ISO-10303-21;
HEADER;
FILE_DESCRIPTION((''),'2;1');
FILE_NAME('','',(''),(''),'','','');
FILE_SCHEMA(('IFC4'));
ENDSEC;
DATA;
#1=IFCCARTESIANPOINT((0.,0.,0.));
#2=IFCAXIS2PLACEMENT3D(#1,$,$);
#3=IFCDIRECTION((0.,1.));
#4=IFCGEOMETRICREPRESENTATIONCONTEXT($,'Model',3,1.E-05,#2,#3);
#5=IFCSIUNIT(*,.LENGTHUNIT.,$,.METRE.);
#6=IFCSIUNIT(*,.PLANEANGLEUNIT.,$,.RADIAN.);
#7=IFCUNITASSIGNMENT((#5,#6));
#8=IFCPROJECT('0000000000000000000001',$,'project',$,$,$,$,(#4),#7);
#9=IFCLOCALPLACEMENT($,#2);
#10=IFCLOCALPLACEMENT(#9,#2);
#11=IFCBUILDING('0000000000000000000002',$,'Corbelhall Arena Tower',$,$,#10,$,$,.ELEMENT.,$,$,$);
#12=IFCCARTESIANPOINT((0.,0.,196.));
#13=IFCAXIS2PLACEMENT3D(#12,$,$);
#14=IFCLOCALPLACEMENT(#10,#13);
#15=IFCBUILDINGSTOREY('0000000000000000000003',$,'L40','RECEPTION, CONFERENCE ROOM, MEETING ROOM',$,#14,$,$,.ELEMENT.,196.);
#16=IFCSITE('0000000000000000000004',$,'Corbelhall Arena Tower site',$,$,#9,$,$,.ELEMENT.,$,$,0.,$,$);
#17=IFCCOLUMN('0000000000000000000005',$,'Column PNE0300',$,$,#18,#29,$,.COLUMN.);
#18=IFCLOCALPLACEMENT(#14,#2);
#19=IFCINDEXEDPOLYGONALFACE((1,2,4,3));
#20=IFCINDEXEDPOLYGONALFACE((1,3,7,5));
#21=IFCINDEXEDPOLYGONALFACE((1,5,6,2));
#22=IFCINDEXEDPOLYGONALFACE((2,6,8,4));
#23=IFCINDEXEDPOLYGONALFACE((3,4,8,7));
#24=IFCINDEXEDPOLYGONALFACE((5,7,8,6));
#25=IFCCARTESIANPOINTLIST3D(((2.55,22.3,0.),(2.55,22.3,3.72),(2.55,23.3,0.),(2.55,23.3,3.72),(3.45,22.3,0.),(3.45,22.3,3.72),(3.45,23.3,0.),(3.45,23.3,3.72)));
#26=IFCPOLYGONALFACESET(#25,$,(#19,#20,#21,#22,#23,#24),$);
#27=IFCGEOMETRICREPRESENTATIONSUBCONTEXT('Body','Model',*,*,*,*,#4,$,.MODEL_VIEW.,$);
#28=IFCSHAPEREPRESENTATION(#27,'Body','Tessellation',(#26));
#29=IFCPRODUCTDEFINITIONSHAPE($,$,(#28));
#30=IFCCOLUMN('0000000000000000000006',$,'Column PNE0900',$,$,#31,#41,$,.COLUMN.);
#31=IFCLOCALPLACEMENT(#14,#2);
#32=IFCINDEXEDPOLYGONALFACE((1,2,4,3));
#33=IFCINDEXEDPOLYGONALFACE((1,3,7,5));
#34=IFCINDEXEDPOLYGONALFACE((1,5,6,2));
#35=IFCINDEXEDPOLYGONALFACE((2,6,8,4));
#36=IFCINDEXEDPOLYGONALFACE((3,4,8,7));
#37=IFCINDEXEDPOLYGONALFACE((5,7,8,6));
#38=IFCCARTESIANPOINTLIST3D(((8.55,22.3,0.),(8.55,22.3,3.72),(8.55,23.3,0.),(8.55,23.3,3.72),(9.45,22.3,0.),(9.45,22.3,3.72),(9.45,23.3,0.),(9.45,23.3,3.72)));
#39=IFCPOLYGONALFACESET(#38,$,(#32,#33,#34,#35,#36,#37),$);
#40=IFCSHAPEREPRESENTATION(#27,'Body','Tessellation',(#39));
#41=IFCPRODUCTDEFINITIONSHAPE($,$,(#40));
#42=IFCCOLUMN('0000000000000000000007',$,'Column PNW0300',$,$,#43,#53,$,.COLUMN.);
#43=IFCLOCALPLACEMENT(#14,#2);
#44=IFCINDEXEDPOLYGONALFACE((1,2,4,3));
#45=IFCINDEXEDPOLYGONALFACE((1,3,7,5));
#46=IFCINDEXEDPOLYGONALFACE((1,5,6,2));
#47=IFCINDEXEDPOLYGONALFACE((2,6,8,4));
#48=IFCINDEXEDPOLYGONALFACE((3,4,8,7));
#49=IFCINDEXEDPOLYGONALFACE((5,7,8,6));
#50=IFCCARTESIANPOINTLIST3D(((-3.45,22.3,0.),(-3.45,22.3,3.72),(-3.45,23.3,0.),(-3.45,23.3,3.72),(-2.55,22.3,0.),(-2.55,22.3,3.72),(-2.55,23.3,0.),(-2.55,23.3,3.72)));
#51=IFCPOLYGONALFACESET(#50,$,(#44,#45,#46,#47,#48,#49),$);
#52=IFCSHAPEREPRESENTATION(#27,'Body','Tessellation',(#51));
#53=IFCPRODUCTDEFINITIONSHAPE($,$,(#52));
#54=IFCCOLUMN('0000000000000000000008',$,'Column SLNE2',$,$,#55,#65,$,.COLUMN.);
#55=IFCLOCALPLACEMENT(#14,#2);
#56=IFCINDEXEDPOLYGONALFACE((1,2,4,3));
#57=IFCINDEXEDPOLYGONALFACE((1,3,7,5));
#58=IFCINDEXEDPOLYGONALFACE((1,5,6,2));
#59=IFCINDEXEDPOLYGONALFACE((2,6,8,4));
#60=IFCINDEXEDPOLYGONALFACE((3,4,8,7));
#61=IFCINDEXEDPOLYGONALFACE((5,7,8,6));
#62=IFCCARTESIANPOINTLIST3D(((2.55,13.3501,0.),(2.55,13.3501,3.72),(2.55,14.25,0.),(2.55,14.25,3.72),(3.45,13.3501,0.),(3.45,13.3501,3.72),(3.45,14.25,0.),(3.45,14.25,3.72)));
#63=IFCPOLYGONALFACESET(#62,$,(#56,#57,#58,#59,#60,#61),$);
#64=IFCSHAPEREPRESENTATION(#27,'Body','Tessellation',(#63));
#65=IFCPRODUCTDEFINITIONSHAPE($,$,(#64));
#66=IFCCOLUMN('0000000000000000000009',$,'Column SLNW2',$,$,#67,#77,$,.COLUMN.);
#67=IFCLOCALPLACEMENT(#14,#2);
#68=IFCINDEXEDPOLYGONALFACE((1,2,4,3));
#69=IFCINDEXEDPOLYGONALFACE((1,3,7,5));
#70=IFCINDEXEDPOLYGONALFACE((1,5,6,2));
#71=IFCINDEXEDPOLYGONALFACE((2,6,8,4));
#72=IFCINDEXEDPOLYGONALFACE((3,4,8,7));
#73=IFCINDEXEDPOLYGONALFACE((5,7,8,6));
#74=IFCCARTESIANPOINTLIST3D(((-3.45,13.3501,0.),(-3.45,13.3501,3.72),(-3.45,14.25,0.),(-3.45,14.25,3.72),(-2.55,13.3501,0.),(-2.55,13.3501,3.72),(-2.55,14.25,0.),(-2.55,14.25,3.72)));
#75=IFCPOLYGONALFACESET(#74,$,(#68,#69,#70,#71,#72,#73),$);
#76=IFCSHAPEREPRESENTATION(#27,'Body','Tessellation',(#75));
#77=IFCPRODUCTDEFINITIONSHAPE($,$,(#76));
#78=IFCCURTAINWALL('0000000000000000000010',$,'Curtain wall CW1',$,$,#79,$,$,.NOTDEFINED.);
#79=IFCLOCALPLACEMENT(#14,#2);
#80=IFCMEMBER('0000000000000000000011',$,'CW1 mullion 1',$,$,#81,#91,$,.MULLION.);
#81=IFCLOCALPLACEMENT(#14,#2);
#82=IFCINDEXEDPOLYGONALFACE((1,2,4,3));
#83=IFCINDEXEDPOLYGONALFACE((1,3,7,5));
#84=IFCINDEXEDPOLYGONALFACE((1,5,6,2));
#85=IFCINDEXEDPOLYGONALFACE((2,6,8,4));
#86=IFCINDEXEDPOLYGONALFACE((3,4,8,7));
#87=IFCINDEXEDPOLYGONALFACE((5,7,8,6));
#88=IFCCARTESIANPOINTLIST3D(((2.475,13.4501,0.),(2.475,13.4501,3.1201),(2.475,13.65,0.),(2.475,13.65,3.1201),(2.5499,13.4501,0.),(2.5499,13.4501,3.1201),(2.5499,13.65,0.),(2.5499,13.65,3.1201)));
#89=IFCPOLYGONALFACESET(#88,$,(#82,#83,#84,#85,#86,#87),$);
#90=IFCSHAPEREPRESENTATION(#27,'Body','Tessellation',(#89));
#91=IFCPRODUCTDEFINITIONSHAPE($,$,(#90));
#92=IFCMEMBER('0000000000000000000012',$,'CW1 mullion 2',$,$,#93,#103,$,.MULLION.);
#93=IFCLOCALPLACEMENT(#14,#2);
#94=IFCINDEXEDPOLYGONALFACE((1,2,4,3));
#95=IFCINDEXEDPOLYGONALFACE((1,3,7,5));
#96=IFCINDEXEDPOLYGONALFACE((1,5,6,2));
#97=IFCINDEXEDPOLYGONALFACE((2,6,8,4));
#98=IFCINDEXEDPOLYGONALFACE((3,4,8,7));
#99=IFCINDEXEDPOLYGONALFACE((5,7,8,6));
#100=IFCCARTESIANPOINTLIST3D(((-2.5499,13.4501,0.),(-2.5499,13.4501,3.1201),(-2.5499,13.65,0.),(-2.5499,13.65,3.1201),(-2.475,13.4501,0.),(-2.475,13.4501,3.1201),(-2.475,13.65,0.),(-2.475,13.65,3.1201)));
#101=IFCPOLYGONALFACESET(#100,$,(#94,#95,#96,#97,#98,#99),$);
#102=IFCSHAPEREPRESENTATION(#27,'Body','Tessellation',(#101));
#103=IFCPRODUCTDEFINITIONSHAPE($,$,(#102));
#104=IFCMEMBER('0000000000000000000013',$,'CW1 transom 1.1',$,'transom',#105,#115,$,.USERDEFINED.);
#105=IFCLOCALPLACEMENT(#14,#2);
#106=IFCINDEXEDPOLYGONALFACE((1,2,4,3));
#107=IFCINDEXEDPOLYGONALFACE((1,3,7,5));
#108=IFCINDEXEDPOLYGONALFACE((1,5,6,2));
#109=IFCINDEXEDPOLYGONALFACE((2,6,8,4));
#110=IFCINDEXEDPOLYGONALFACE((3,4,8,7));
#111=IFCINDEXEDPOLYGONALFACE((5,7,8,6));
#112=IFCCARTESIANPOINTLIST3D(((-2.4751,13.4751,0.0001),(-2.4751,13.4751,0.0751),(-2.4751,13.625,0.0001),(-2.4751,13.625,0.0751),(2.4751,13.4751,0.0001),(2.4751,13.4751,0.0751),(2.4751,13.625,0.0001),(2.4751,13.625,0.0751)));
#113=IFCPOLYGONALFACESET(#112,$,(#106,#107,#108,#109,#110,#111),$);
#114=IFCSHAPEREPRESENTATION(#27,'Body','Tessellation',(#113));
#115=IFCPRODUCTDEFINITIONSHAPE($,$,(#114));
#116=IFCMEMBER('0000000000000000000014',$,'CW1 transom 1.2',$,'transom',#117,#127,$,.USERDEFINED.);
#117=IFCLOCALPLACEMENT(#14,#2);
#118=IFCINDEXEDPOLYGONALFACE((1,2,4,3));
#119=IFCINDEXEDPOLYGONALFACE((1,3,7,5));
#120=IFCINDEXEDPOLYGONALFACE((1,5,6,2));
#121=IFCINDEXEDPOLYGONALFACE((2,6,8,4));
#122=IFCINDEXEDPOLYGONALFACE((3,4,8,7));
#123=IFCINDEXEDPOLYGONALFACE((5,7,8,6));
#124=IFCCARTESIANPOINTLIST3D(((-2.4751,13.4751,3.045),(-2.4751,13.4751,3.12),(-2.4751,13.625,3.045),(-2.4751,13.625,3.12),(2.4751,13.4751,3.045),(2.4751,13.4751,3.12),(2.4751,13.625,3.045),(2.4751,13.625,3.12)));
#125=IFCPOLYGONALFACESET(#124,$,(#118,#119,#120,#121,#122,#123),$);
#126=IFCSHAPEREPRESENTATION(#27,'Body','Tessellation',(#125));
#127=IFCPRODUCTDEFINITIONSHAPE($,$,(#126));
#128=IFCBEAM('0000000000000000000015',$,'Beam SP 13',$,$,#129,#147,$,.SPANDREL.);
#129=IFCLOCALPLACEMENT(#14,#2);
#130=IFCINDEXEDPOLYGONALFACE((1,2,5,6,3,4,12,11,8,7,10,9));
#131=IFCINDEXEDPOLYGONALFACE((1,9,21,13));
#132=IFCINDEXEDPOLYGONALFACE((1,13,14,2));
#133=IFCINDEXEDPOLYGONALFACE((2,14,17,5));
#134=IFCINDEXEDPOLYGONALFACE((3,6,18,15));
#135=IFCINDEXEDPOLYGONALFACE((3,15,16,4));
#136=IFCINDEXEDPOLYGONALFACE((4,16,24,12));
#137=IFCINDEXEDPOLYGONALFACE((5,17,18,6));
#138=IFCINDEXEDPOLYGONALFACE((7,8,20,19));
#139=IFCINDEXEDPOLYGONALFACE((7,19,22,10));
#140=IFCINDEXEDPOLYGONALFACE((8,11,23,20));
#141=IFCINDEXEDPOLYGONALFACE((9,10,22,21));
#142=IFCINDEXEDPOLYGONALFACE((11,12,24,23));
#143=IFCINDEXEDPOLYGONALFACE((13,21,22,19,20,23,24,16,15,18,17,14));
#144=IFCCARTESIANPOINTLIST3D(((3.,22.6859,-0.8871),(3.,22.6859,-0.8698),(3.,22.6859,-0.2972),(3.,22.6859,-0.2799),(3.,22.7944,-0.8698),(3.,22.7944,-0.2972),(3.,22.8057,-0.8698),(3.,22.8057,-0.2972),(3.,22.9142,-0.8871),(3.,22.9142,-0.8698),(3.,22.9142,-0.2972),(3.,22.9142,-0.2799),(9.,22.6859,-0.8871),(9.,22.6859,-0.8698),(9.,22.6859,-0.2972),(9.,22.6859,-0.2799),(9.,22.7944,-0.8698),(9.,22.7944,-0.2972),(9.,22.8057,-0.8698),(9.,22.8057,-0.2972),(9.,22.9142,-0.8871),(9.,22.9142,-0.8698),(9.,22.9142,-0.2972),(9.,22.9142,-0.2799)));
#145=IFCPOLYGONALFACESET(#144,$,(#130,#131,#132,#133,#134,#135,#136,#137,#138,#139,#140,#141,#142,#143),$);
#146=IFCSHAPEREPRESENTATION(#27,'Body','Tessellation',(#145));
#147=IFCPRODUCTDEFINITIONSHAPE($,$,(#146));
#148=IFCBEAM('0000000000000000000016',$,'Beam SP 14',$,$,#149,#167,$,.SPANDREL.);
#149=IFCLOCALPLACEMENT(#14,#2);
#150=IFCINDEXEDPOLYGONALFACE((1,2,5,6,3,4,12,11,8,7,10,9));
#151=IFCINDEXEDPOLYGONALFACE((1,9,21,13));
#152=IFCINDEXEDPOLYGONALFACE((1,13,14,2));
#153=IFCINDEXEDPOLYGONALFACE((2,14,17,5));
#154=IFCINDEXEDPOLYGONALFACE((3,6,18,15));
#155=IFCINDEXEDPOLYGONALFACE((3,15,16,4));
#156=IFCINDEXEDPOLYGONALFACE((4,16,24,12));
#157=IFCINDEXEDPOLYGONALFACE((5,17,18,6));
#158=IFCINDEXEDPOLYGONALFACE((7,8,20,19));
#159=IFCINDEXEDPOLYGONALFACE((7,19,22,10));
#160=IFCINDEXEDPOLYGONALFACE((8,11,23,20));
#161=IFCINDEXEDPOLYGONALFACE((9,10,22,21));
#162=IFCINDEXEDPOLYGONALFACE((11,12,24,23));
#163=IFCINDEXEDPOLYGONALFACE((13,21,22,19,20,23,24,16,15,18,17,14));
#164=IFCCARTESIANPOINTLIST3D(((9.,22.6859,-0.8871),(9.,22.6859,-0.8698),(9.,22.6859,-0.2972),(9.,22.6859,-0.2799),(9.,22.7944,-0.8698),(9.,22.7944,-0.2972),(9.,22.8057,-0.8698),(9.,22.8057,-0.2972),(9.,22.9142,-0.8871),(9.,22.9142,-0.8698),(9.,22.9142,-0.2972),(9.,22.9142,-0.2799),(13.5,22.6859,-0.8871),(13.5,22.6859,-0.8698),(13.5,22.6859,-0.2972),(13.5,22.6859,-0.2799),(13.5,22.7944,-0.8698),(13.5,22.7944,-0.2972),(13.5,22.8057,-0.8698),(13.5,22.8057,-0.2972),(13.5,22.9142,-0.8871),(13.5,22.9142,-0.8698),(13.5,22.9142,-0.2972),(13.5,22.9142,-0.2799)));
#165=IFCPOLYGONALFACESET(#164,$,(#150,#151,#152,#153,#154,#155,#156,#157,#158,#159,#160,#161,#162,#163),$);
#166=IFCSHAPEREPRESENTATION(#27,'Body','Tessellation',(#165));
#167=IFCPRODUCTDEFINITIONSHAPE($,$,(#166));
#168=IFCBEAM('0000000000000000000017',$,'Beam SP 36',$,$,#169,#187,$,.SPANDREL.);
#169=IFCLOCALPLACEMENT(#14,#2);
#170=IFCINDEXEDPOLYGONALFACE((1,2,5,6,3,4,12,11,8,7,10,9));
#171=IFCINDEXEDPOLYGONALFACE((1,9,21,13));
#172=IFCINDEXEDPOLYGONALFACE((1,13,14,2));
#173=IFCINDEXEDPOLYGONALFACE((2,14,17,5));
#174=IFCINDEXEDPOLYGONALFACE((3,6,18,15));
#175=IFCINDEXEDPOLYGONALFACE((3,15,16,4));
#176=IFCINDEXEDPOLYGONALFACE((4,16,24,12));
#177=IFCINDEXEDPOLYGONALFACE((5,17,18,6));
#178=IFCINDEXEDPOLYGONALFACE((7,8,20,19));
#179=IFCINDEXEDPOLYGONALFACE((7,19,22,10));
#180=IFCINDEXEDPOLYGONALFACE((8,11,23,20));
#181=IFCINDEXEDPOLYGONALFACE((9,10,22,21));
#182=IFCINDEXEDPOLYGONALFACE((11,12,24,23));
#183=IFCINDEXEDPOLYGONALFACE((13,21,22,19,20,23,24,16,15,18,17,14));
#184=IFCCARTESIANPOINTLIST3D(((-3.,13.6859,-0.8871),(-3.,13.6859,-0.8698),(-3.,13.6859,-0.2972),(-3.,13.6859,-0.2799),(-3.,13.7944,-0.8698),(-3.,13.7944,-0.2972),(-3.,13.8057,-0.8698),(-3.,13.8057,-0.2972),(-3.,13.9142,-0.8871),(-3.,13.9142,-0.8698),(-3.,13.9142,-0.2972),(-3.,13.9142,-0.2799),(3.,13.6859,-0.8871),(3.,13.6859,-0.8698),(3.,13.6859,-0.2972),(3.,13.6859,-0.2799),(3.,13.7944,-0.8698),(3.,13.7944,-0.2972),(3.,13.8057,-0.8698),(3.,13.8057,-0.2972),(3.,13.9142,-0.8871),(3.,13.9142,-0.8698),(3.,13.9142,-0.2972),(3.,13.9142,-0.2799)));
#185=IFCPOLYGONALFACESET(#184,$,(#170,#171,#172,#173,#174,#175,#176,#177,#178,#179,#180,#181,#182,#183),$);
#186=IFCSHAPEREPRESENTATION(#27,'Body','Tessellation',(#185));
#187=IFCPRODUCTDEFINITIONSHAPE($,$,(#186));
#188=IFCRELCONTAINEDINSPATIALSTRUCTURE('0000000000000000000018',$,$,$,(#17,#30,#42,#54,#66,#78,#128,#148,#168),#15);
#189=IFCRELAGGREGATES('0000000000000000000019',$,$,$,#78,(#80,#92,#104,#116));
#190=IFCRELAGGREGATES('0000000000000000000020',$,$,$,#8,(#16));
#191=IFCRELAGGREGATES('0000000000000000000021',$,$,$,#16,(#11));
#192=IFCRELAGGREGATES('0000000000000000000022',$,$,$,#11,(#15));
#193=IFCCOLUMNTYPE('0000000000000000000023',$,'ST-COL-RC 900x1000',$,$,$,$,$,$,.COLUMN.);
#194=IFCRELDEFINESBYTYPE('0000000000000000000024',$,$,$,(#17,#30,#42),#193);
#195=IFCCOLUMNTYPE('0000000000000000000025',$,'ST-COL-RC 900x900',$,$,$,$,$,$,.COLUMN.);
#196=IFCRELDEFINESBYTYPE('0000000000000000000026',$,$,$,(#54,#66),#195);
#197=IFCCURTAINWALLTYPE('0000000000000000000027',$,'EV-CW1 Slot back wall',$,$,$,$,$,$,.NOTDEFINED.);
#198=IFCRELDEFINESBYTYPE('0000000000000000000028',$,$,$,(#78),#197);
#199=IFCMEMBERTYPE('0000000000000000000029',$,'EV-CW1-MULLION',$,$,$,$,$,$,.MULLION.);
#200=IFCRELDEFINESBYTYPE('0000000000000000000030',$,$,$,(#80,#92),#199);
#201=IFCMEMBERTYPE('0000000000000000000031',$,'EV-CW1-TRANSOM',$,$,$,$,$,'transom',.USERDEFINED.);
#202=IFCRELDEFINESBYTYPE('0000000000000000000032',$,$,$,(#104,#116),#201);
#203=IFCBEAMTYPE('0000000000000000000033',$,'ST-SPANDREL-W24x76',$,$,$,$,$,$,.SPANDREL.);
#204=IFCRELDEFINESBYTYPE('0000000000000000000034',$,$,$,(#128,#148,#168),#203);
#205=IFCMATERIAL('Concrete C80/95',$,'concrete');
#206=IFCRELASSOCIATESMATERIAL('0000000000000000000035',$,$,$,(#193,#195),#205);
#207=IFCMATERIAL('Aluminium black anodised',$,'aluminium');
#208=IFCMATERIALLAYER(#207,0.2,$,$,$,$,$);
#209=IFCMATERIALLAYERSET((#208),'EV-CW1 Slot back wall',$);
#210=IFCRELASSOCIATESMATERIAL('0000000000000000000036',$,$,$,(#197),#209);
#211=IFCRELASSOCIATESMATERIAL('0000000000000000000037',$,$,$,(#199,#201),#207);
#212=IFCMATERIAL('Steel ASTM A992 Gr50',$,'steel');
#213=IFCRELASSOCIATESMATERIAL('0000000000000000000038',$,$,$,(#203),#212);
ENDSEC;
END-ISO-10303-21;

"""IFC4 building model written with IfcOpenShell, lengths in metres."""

from ifc_helpers import new_model, si_unit, direction, frame, origin, origin_2d, place, context, subcontext, project, spatial, rectangle, i_section, extrude, material, layer, layer_set, material_profile, profile_set, type_object, element, aggregate, save


model = new_model("IFC4")

# Units and contexts
model_context = context("Model", 3, precision=1e-05, world=origin(), true_north=direction((0.0, 1.0)))
body_context = subcontext(model_context, "Body", "Model", "MODEL_VIEW")
ifc_project = project(units=[si_unit("LENGTHUNIT", "METRE"), si_unit("PLANEANGLEUNIT", "RADIAN")], contexts=[model_context])

# Site, building, storey
site_placement = place(None, origin())
site = spatial("IfcSite", under=ifc_project, at=site_placement, Name="Corbelhall Arena Tower site", CompositionType="ELEMENT", RefElevation=0.0)
building_placement = place(site_placement, origin())
building = spatial("IfcBuilding", under=site, at=building_placement, Name="Corbelhall Arena Tower", CompositionType="ELEMENT")
storey_placement = place(building_placement, frame((0.0, 0.0, 196.0)))
storey = spatial("IfcBuildingStorey", under=building, at=storey_placement, Name="L40", Description="RECEPTION, CONFERENCE ROOM, MEETING ROOM", CompositionType="ELEMENT", Elevation=196.0)

# Columns
ifc_material_1 = material(Name="Concrete C80/95", Category="concrete")
ifc_material_profile_1 = material_profile(ifc_material_1, rectangle(XDim=0.8999, YDim=1.0, at=origin_2d()))
ifc_profile_set_1 = profile_set([ifc_material_profile_1], Name="Concrete C80/95")
column_type_1 = type_object("IfcColumnType", Name="ST-COL-RC 900x1000", PredefinedType="COLUMN", material=ifc_profile_set_1)
for number, where, z_axis, x_axis, name in (
    (1, (3.0, 22.8, 0.0), (0.0, 0.0, 1.0), (1.0, 0.0, 0.0), "Column PNE0300"),
    (2, (9.0, 22.8, 0.0), (0.0, 0.0, 1.0), (1.0, 0.0, 0.0), "Column PNE0900"),
    (3, (-3.0, 22.8, 0.0), (0.0, 0.0, 1.0), (1.0, 0.0, 0.0), "Column PNW0300"),
):
    element("IfcColumn", number, at=place(storey_placement, frame(where, z_axis=z_axis, x_axis=x_axis)), inside=storey, type_object=column_type_1, Name=name, PredefinedType="COLUMN", context=body_context, shape_type="SweptSolid", body=[
        extrude(rectangle(XDim=0.8999, YDim=1.0, at=origin_2d()), origin(), (0.0, 0.0, 1.0), 3.72),
    ])
ifc_material_profile_2 = material_profile(ifc_material_1, rectangle(XDim=0.8999, YDim=0.8999, at=origin_2d()))
ifc_profile_set_2 = profile_set([ifc_material_profile_2], Name="Concrete C80/95")
column_type_2 = type_object("IfcColumnType", Name="ST-COL-RC 900x900", PredefinedType="COLUMN", material=ifc_profile_set_2)
for number, where, z_axis, x_axis, name in (
    (4, (3.0, 13.8, 0.0), (0.0, 0.0, 1.0), (1.0, 0.0, 0.0), "Column SLNE2"),
    (5, (-3.0, 13.8, 0.0), (0.0, 0.0, 1.0), (1.0, 0.0, 0.0), "Column SLNW2"),
):
    element("IfcColumn", number, at=place(storey_placement, frame(where, z_axis=z_axis, x_axis=x_axis)), inside=storey, type_object=column_type_2, Name=name, PredefinedType="COLUMN", context=body_context, shape_type="SweptSolid", body=[
        extrude(rectangle(XDim=0.8999, YDim=0.8999, at=origin_2d()), origin(), (0.0, 0.0, 1.0), 3.72),
    ])

# Curtain wall, members
ifc_material_2 = material(Name="Aluminium black anodised", Category="aluminium")
ifc_layer_1 = layer(ifc_material_2, 0.2)
ifc_layer_set_1 = layer_set([ifc_layer_1], Name="EV-CW1 Slot back wall")
curtain_wall_type = type_object("IfcCurtainWallType", Name="EV-CW1 Slot back wall", PredefinedType="NOTDEFINED", material=ifc_layer_set_1)
curtain_wall_placement = place(storey_placement, origin())
curtain_wall = element("IfcCurtainWall", 6, at=curtain_wall_placement, inside=storey, type_object=curtain_wall_type, Name="Curtain wall CW1", PredefinedType="NOTDEFINED")
ifc_material_profile_3 = material_profile(ifc_material_2, rectangle(XDim=0.2, YDim=0.075, at=origin_2d()))
ifc_profile_set_3 = profile_set([ifc_material_profile_3], Name="Aluminium black anodised")
member_type_1 = type_object("IfcMemberType", Name="EV-CW1-MULLION", PredefinedType="MULLION", material=ifc_profile_set_3)
member_1_placement = place(storey_placement, frame((2.5125, 13.55, 0.0), z_axis=(0.0, 0.0, 1.0), x_axis=(0.0, -1.0, 0.0)))
member_1 = element("IfcMember", 7, at=member_1_placement, type_object=member_type_1, Name="CW1 mullion 1", PredefinedType="MULLION", context=body_context, shape_type="SweptSolid", body=[
    extrude(rectangle(XDim=0.2, YDim=0.075, at=origin_2d()), origin(), (0.0, 0.0, 1.0), 3.1201),
])
member_2_placement = place(storey_placement, frame((-2.5125, 13.55, 0.0), z_axis=(0.0, 0.0, 1.0), x_axis=(0.0, -1.0, 0.0)))
member_2 = element("IfcMember", 8, at=member_2_placement, type_object=member_type_1, Name="CW1 mullion 2", PredefinedType="MULLION", context=body_context, shape_type="SweptSolid", body=[
    extrude(rectangle(XDim=0.2, YDim=0.075, at=origin_2d()), origin(), (0.0, 0.0, 1.0), 3.1201),
])
ifc_material_profile_4 = material_profile(ifc_material_2, rectangle(XDim=0.1499, YDim=0.075, at=origin_2d()))
ifc_profile_set_4 = profile_set([ifc_material_profile_4], Name="Aluminium black anodised")
member_type_2 = type_object("IfcMemberType", Name="EV-CW1-TRANSOM", ElementType="transom", PredefinedType="USERDEFINED", material=ifc_profile_set_4)
member_3_placement = place(storey_placement, frame((2.4751, 13.55, 0.0376), z_axis=(-1.0, 0.0, 0.0), x_axis=(0.0, -1.0, 0.0)))
member_3 = element("IfcMember", 9, at=member_3_placement, type_object=member_type_2, Name="CW1 transom 1.1", ObjectType="transom", PredefinedType="USERDEFINED", context=body_context, shape_type="SweptSolid", body=[
    extrude(rectangle(XDim=0.1499, YDim=0.075, at=origin_2d()), origin(), (0.0, 0.0, 1.0), 4.9502),
])
member_4_placement = place(storey_placement, frame((2.4751, 13.55, 3.0825), z_axis=(-1.0, 0.0, 0.0), x_axis=(0.0, -1.0, 0.0)))
member_4 = element("IfcMember", 10, at=member_4_placement, type_object=member_type_2, Name="CW1 transom 1.2", ObjectType="transom", PredefinedType="USERDEFINED", context=body_context, shape_type="SweptSolid", body=[
    extrude(rectangle(XDim=0.1499, YDim=0.075, at=origin_2d()), origin(), (0.0, 0.0, 1.0), 4.9502),
])

# Beams
ifc_material_3 = material(Name="Steel ASTM A992 Gr50", Category="steel")
ifc_material_profile_5 = material_profile(ifc_material_3, i_section(OverallWidth=0.2283, OverallDepth=0.6072, WebThickness=0.0112, FlangeThickness=0.0173, at=origin_2d()))
ifc_profile_set_5 = profile_set([ifc_material_profile_5], Name="Steel ASTM A992 Gr50")
beam_type_1 = type_object("IfcBeamType", Name="ST-SPANDREL-W24x76", PredefinedType="SPANDREL", material=ifc_profile_set_5)
beam_1_placement = place(storey_placement, frame((3.0, 22.8, -0.5835), z_axis=(1.0, 0.0, 0.0), x_axis=(0.0, 1.0, 0.0)))
element("IfcBeam", 11, at=beam_1_placement, inside=storey, type_object=beam_type_1, Name="Beam SP 13", PredefinedType="SPANDREL", context=body_context, shape_type="SweptSolid", body=[
    extrude(i_section(OverallWidth=0.2283, OverallDepth=0.6072, WebThickness=0.0112, FlangeThickness=0.0173, at=origin_2d()), origin(), (0.0, 0.0, 1.0), 6.0),
])
beam_2_placement = place(storey_placement, frame((9.0, 22.8, -0.5835), z_axis=(1.0, 0.0, 0.0), x_axis=(0.0, 1.0, 0.0)))
element("IfcBeam", 12, at=beam_2_placement, inside=storey, type_object=beam_type_1, Name="Beam SP 14", PredefinedType="SPANDREL", context=body_context, shape_type="SweptSolid", body=[
    extrude(i_section(OverallWidth=0.2283, OverallDepth=0.6072, WebThickness=0.0112, FlangeThickness=0.0173, at=origin_2d()), origin(), (0.0, 0.0, 1.0), 4.5),
])
beam_3_placement = place(storey_placement, frame((-3.0, 13.8, -0.5835), z_axis=(1.0, 0.0, 0.0), x_axis=(0.0, 1.0, 0.0)))
element("IfcBeam", 13, at=beam_3_placement, inside=storey, type_object=beam_type_1, Name="Beam SP 36", PredefinedType="SPANDREL", context=body_context, shape_type="SweptSolid", body=[
    extrude(i_section(OverallWidth=0.2283, OverallDepth=0.6072, WebThickness=0.0112, FlangeThickness=0.0173, at=origin_2d()), origin(), (0.0, 0.0, 1.0), 6.0),
])

aggregate(curtain_wall, [member_1, member_2, member_3, member_4])

save(model, "model.ifc")
